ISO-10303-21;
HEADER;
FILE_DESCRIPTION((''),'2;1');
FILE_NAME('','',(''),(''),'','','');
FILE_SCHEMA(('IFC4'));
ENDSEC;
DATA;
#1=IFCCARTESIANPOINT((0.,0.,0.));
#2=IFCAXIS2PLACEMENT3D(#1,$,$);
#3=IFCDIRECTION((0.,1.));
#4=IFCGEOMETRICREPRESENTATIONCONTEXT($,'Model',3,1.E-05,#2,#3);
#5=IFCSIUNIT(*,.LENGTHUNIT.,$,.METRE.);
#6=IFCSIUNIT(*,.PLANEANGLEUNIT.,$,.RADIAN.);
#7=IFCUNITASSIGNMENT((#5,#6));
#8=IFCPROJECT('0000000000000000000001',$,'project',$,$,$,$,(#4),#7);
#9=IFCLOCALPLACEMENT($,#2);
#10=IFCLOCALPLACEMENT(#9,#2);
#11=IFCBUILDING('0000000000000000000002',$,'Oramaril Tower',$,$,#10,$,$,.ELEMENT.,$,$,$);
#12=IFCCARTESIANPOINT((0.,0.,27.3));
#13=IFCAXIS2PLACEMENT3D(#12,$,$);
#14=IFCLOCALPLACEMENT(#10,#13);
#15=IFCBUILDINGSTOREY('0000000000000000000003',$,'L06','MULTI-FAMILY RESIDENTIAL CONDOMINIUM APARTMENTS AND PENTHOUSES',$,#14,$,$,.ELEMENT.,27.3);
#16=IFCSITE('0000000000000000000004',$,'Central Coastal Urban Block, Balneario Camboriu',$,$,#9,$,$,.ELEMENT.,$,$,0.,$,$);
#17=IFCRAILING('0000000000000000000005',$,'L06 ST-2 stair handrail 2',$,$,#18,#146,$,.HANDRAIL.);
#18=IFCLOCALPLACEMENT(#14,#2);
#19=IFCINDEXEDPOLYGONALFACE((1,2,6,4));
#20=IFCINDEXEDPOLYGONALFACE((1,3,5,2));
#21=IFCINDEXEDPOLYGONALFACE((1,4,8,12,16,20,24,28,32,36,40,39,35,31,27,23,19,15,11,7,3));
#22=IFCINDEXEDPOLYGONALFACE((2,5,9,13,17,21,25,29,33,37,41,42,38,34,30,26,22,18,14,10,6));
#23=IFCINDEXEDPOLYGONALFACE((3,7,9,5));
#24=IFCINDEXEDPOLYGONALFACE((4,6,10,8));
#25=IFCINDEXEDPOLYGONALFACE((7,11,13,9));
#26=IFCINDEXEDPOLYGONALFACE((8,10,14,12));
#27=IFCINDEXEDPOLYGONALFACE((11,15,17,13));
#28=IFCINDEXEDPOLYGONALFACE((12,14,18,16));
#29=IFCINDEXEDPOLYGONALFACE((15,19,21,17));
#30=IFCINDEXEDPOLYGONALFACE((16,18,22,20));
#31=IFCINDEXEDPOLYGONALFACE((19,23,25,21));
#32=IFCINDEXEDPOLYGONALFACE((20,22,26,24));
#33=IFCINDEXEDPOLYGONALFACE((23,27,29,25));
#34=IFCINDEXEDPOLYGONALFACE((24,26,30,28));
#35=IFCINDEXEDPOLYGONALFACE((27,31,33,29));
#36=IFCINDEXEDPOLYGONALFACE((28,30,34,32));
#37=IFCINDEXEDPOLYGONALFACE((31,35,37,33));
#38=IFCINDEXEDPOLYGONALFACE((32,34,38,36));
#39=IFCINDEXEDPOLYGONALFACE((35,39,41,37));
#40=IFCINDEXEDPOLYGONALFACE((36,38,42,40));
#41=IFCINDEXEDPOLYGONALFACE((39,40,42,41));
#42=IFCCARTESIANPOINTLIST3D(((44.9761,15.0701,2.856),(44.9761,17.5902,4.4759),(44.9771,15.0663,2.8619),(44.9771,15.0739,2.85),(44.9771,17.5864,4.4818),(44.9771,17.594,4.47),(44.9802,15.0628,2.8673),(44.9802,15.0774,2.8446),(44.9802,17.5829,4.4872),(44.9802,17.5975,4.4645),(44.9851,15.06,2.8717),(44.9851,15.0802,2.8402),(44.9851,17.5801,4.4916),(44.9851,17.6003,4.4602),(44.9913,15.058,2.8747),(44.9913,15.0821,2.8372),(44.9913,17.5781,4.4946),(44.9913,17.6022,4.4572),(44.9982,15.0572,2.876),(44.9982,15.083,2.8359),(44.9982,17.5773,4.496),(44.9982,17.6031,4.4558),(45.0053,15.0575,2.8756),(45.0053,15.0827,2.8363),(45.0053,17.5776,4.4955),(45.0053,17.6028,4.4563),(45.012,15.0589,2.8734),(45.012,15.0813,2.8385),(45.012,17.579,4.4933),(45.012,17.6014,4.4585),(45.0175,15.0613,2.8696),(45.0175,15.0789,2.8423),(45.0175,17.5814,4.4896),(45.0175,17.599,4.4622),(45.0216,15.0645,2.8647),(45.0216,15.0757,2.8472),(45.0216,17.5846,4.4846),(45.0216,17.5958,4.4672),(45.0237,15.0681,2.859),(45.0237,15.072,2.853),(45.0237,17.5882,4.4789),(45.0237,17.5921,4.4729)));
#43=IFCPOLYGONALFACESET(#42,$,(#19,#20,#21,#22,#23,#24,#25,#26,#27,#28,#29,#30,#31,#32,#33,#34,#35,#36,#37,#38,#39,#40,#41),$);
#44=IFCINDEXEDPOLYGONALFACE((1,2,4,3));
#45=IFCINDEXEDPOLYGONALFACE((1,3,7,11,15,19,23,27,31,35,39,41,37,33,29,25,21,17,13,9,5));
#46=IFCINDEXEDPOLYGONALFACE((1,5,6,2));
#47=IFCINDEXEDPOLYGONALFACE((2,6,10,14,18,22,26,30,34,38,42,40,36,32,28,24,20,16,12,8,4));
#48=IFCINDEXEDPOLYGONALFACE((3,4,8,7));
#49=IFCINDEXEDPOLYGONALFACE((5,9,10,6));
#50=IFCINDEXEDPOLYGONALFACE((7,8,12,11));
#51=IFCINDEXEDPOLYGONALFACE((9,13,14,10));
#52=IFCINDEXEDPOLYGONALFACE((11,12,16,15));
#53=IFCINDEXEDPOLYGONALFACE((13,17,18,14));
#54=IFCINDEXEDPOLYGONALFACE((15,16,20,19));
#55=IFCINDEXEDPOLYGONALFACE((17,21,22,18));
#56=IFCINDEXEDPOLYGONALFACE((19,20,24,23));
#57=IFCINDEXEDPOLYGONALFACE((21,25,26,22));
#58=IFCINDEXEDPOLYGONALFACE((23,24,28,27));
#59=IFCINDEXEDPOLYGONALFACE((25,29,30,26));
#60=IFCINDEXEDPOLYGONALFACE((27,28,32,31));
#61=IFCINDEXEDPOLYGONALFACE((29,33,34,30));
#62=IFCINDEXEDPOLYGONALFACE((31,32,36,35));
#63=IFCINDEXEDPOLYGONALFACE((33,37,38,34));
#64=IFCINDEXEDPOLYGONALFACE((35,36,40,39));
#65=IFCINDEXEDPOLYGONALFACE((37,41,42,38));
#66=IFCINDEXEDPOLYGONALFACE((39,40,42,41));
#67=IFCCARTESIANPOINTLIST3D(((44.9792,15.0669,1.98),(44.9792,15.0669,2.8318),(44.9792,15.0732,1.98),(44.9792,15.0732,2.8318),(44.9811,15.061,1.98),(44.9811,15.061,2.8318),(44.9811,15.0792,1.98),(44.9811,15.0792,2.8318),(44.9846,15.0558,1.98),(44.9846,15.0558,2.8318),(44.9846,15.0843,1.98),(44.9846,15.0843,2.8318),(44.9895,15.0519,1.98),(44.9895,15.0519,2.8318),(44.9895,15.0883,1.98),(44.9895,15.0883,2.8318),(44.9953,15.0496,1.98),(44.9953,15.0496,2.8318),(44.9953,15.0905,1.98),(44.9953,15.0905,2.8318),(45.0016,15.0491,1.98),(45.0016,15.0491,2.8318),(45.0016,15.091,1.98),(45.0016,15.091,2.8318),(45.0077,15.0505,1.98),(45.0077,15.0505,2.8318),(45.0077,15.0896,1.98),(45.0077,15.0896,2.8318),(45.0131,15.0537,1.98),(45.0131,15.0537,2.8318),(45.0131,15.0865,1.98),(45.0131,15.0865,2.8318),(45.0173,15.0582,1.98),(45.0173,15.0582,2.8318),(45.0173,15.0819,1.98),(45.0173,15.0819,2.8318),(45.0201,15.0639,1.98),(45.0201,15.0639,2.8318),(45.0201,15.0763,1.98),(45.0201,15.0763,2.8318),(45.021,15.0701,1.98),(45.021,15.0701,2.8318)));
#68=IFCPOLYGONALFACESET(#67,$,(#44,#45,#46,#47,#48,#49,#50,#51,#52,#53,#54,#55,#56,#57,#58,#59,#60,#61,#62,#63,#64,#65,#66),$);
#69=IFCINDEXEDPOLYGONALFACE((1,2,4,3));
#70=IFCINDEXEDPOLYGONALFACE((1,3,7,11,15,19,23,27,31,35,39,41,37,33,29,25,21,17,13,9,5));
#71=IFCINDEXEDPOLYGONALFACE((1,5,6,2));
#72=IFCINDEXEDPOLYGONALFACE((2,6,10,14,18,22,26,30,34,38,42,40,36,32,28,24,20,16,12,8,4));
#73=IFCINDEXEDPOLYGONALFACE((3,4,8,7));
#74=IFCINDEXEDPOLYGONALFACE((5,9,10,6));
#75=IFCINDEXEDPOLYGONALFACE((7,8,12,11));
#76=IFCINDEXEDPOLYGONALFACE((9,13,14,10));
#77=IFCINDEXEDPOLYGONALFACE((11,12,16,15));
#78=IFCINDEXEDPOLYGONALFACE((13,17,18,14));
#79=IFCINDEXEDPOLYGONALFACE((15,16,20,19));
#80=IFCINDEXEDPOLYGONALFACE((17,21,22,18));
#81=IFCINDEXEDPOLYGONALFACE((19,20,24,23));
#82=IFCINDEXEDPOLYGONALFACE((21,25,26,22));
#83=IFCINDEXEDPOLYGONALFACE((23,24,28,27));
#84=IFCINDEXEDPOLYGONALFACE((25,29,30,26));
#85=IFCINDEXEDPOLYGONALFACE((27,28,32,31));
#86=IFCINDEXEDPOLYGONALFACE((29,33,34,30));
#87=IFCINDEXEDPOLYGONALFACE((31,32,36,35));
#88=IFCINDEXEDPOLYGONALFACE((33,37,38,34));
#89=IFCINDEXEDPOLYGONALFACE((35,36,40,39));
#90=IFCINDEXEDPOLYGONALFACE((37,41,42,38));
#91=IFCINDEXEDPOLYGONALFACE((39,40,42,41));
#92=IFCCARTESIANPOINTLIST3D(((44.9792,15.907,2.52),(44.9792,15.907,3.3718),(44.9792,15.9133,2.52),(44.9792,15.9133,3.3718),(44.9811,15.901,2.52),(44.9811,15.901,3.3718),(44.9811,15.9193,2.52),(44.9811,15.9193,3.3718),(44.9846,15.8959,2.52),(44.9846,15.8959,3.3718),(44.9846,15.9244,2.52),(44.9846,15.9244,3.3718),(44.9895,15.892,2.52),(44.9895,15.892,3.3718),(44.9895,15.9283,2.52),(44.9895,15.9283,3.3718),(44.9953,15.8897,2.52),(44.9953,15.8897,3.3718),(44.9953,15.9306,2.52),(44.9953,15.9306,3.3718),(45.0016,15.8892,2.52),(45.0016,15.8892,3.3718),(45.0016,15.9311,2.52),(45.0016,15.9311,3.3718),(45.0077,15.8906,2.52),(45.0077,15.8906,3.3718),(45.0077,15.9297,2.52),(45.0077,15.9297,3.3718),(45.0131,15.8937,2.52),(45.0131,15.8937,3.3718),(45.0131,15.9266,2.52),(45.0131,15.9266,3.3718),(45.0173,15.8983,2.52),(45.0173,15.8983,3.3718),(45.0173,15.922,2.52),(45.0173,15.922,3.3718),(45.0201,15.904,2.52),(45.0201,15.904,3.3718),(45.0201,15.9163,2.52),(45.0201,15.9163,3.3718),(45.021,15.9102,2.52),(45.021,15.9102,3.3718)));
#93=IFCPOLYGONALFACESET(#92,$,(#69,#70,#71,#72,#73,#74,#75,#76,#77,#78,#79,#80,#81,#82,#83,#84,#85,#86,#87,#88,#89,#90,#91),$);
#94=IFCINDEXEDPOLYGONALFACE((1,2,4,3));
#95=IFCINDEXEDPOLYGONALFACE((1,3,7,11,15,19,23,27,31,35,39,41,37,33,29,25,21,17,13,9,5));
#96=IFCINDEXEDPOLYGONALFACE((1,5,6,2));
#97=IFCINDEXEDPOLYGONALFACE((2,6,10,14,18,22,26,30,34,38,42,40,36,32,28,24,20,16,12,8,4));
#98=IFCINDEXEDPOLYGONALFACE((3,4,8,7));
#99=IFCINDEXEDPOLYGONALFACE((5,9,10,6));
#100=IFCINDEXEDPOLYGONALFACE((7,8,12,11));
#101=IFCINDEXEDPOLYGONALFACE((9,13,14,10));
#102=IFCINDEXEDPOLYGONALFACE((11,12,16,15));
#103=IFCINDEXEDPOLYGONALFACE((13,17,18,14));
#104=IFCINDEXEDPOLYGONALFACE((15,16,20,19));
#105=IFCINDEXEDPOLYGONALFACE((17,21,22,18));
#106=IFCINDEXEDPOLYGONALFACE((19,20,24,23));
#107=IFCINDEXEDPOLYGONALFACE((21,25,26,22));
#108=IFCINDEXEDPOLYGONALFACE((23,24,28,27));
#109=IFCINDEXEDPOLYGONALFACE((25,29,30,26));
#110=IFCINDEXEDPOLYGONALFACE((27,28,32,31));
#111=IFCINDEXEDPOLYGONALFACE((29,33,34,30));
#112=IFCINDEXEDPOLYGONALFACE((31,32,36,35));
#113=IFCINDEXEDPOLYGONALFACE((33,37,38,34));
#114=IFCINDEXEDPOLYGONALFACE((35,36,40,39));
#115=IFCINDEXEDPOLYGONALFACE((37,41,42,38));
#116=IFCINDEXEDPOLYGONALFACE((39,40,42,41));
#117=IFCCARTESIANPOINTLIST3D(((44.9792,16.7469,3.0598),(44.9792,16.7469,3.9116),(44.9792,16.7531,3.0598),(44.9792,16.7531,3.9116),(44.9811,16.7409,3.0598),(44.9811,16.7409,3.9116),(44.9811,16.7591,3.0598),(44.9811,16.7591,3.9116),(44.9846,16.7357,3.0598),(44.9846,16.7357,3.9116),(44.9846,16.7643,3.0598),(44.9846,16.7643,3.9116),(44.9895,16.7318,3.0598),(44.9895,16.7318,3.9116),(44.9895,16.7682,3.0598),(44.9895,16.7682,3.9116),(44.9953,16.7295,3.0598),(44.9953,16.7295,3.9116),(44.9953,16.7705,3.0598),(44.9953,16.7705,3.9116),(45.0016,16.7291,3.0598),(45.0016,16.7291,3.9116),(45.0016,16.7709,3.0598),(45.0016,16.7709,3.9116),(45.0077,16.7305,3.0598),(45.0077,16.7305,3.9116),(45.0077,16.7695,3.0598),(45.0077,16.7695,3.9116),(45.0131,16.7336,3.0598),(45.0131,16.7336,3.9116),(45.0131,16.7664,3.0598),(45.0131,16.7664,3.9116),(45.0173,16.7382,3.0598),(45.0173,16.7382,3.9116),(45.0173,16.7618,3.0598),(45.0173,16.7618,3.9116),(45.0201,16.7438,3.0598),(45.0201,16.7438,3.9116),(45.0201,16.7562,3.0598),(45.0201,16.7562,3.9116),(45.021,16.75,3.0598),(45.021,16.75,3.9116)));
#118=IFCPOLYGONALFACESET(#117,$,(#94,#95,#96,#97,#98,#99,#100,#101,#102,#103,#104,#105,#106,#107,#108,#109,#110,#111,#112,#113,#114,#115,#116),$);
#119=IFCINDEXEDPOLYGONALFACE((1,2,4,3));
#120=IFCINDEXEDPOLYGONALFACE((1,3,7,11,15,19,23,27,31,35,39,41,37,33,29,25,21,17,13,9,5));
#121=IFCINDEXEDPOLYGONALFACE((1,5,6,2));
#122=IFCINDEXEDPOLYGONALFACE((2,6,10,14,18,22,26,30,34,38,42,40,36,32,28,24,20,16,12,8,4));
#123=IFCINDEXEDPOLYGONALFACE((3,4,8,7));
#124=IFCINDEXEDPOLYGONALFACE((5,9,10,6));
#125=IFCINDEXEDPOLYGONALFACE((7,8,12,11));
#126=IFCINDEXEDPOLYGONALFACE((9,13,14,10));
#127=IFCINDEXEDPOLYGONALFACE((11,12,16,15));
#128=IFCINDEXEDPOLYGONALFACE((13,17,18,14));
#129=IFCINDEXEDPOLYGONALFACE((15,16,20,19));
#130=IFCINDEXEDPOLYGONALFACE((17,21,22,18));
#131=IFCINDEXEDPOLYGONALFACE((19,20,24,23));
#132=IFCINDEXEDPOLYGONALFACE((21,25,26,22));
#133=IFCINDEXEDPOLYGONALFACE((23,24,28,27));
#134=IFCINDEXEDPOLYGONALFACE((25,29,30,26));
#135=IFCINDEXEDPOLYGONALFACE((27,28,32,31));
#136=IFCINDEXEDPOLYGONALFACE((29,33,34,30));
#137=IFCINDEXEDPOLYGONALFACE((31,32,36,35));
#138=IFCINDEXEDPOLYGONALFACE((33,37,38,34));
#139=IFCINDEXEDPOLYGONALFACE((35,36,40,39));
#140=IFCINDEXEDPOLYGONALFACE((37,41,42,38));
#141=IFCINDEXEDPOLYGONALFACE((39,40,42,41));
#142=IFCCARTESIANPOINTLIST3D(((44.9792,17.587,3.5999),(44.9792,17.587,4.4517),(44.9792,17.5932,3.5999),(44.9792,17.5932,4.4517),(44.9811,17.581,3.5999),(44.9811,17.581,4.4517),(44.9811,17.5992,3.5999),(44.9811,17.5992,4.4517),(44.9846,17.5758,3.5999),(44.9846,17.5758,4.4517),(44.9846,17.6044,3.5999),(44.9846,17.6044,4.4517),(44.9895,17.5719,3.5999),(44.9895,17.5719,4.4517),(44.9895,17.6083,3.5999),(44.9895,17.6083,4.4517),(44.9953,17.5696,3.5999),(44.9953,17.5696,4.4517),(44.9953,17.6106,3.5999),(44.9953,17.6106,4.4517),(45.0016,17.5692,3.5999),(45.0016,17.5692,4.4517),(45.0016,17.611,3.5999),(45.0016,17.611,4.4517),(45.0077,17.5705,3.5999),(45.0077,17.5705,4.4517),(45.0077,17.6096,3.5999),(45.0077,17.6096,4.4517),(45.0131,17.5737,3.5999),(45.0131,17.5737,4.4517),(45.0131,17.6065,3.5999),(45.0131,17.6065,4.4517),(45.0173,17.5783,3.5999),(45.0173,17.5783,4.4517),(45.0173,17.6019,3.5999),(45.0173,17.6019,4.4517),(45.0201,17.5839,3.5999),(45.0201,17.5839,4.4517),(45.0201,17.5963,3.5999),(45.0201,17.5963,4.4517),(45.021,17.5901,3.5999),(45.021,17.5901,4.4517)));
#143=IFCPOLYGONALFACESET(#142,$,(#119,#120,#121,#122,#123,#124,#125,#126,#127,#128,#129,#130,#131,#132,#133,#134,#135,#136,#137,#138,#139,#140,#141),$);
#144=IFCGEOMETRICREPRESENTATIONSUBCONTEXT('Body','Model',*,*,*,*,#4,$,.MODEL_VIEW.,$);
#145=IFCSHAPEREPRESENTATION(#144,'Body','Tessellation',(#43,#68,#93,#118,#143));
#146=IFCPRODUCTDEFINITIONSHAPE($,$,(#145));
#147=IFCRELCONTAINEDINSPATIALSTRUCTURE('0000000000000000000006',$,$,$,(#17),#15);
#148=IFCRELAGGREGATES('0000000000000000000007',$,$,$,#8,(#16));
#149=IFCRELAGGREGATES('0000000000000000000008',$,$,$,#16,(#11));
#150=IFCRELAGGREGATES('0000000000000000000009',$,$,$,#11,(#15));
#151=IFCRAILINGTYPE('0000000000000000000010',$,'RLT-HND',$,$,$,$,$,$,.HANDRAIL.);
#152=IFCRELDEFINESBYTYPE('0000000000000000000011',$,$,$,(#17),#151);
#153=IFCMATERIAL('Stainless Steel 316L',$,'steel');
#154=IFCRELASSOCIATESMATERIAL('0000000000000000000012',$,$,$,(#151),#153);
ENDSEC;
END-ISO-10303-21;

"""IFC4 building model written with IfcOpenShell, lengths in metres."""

from ifc_helpers import new_model, si_unit, direction, frame, origin, origin_2d, place, context, subcontext, project, spatial, circle, extrude, material, type_object, element, save


model = new_model("IFC4")

# Units and contexts
model_context = context("Model", 3, precision=1e-05, world=origin(), true_north=direction((0.0, 1.0)))
body_context = subcontext(model_context, "Body", "Model", "MODEL_VIEW")
ifc_project = project(units=[si_unit("LENGTHUNIT", "METRE"), si_unit("PLANEANGLEUNIT", "RADIAN")], contexts=[model_context])

# Site, building, storey
site_placement = place(None, origin())
site = spatial("IfcSite", under=ifc_project, at=site_placement, Name="Central Coastal Urban Block, Balneario Camboriu", CompositionType="ELEMENT", RefElevation=0.0)
building_placement = place(site_placement, origin())
building = spatial("IfcBuilding", under=site, at=building_placement, Name="Oramaril Tower", CompositionType="ELEMENT")
storey_placement = place(building_placement, frame((0.0, 0.0, 27.3)))
storey = spatial("IfcBuildingStorey", under=building, at=storey_placement, Name="L06", Description="MULTI-FAMILY RESIDENTIAL CONDOMINIUM APARTMENTS AND PENTHOUSES", CompositionType="ELEMENT", Elevation=27.3)

# Railing
ifc_material_1 = material(Name="Stainless Steel 316L", Category="steel")
railing_type_1 = type_object("IfcRailingType", Name="RLT-HND", PredefinedType="HANDRAIL", material=ifc_material_1)
railing_1_placement = place(storey_placement, frame((45.0, 15.0701, 1.98)))
element("IfcRailing", 1, at=railing_1_placement, inside=storey, type_object=railing_type_1, Name="L06 ST-2 stair handrail 2", PredefinedType="HANDRAIL", context=body_context, shape_type="SweptSolid", body=[
    extrude(circle(Radius=0.0239, at=origin_2d()), frame((0.0, 0.0, 0.876), z_axis=(0.0, 0.8412, 0.540725), x_axis=(-1.0, 0.0, 0.0)), (0.0, 0.0, 1.0), 2.9958),
    extrude(circle(Radius=0.021, at=origin_2d()), origin(), (0.0, 0.0, 1.0), 0.8518),
    extrude(circle(Radius=0.021, at=origin_2d()), frame((0.0, 0.8401, 0.54)), (0.0, 0.0, 1.0), 0.8518),
    extrude(circle(Radius=0.021, at=origin_2d()), frame((0.0, 1.6799, 1.0798)), (0.0, 0.0, 1.0), 0.8518),
    extrude(circle(Radius=0.021, at=origin_2d()), frame((0.0, 2.52, 1.6199)), (0.0, 0.0, 1.0), 0.8518),
])

save(model, "model.ifc")
